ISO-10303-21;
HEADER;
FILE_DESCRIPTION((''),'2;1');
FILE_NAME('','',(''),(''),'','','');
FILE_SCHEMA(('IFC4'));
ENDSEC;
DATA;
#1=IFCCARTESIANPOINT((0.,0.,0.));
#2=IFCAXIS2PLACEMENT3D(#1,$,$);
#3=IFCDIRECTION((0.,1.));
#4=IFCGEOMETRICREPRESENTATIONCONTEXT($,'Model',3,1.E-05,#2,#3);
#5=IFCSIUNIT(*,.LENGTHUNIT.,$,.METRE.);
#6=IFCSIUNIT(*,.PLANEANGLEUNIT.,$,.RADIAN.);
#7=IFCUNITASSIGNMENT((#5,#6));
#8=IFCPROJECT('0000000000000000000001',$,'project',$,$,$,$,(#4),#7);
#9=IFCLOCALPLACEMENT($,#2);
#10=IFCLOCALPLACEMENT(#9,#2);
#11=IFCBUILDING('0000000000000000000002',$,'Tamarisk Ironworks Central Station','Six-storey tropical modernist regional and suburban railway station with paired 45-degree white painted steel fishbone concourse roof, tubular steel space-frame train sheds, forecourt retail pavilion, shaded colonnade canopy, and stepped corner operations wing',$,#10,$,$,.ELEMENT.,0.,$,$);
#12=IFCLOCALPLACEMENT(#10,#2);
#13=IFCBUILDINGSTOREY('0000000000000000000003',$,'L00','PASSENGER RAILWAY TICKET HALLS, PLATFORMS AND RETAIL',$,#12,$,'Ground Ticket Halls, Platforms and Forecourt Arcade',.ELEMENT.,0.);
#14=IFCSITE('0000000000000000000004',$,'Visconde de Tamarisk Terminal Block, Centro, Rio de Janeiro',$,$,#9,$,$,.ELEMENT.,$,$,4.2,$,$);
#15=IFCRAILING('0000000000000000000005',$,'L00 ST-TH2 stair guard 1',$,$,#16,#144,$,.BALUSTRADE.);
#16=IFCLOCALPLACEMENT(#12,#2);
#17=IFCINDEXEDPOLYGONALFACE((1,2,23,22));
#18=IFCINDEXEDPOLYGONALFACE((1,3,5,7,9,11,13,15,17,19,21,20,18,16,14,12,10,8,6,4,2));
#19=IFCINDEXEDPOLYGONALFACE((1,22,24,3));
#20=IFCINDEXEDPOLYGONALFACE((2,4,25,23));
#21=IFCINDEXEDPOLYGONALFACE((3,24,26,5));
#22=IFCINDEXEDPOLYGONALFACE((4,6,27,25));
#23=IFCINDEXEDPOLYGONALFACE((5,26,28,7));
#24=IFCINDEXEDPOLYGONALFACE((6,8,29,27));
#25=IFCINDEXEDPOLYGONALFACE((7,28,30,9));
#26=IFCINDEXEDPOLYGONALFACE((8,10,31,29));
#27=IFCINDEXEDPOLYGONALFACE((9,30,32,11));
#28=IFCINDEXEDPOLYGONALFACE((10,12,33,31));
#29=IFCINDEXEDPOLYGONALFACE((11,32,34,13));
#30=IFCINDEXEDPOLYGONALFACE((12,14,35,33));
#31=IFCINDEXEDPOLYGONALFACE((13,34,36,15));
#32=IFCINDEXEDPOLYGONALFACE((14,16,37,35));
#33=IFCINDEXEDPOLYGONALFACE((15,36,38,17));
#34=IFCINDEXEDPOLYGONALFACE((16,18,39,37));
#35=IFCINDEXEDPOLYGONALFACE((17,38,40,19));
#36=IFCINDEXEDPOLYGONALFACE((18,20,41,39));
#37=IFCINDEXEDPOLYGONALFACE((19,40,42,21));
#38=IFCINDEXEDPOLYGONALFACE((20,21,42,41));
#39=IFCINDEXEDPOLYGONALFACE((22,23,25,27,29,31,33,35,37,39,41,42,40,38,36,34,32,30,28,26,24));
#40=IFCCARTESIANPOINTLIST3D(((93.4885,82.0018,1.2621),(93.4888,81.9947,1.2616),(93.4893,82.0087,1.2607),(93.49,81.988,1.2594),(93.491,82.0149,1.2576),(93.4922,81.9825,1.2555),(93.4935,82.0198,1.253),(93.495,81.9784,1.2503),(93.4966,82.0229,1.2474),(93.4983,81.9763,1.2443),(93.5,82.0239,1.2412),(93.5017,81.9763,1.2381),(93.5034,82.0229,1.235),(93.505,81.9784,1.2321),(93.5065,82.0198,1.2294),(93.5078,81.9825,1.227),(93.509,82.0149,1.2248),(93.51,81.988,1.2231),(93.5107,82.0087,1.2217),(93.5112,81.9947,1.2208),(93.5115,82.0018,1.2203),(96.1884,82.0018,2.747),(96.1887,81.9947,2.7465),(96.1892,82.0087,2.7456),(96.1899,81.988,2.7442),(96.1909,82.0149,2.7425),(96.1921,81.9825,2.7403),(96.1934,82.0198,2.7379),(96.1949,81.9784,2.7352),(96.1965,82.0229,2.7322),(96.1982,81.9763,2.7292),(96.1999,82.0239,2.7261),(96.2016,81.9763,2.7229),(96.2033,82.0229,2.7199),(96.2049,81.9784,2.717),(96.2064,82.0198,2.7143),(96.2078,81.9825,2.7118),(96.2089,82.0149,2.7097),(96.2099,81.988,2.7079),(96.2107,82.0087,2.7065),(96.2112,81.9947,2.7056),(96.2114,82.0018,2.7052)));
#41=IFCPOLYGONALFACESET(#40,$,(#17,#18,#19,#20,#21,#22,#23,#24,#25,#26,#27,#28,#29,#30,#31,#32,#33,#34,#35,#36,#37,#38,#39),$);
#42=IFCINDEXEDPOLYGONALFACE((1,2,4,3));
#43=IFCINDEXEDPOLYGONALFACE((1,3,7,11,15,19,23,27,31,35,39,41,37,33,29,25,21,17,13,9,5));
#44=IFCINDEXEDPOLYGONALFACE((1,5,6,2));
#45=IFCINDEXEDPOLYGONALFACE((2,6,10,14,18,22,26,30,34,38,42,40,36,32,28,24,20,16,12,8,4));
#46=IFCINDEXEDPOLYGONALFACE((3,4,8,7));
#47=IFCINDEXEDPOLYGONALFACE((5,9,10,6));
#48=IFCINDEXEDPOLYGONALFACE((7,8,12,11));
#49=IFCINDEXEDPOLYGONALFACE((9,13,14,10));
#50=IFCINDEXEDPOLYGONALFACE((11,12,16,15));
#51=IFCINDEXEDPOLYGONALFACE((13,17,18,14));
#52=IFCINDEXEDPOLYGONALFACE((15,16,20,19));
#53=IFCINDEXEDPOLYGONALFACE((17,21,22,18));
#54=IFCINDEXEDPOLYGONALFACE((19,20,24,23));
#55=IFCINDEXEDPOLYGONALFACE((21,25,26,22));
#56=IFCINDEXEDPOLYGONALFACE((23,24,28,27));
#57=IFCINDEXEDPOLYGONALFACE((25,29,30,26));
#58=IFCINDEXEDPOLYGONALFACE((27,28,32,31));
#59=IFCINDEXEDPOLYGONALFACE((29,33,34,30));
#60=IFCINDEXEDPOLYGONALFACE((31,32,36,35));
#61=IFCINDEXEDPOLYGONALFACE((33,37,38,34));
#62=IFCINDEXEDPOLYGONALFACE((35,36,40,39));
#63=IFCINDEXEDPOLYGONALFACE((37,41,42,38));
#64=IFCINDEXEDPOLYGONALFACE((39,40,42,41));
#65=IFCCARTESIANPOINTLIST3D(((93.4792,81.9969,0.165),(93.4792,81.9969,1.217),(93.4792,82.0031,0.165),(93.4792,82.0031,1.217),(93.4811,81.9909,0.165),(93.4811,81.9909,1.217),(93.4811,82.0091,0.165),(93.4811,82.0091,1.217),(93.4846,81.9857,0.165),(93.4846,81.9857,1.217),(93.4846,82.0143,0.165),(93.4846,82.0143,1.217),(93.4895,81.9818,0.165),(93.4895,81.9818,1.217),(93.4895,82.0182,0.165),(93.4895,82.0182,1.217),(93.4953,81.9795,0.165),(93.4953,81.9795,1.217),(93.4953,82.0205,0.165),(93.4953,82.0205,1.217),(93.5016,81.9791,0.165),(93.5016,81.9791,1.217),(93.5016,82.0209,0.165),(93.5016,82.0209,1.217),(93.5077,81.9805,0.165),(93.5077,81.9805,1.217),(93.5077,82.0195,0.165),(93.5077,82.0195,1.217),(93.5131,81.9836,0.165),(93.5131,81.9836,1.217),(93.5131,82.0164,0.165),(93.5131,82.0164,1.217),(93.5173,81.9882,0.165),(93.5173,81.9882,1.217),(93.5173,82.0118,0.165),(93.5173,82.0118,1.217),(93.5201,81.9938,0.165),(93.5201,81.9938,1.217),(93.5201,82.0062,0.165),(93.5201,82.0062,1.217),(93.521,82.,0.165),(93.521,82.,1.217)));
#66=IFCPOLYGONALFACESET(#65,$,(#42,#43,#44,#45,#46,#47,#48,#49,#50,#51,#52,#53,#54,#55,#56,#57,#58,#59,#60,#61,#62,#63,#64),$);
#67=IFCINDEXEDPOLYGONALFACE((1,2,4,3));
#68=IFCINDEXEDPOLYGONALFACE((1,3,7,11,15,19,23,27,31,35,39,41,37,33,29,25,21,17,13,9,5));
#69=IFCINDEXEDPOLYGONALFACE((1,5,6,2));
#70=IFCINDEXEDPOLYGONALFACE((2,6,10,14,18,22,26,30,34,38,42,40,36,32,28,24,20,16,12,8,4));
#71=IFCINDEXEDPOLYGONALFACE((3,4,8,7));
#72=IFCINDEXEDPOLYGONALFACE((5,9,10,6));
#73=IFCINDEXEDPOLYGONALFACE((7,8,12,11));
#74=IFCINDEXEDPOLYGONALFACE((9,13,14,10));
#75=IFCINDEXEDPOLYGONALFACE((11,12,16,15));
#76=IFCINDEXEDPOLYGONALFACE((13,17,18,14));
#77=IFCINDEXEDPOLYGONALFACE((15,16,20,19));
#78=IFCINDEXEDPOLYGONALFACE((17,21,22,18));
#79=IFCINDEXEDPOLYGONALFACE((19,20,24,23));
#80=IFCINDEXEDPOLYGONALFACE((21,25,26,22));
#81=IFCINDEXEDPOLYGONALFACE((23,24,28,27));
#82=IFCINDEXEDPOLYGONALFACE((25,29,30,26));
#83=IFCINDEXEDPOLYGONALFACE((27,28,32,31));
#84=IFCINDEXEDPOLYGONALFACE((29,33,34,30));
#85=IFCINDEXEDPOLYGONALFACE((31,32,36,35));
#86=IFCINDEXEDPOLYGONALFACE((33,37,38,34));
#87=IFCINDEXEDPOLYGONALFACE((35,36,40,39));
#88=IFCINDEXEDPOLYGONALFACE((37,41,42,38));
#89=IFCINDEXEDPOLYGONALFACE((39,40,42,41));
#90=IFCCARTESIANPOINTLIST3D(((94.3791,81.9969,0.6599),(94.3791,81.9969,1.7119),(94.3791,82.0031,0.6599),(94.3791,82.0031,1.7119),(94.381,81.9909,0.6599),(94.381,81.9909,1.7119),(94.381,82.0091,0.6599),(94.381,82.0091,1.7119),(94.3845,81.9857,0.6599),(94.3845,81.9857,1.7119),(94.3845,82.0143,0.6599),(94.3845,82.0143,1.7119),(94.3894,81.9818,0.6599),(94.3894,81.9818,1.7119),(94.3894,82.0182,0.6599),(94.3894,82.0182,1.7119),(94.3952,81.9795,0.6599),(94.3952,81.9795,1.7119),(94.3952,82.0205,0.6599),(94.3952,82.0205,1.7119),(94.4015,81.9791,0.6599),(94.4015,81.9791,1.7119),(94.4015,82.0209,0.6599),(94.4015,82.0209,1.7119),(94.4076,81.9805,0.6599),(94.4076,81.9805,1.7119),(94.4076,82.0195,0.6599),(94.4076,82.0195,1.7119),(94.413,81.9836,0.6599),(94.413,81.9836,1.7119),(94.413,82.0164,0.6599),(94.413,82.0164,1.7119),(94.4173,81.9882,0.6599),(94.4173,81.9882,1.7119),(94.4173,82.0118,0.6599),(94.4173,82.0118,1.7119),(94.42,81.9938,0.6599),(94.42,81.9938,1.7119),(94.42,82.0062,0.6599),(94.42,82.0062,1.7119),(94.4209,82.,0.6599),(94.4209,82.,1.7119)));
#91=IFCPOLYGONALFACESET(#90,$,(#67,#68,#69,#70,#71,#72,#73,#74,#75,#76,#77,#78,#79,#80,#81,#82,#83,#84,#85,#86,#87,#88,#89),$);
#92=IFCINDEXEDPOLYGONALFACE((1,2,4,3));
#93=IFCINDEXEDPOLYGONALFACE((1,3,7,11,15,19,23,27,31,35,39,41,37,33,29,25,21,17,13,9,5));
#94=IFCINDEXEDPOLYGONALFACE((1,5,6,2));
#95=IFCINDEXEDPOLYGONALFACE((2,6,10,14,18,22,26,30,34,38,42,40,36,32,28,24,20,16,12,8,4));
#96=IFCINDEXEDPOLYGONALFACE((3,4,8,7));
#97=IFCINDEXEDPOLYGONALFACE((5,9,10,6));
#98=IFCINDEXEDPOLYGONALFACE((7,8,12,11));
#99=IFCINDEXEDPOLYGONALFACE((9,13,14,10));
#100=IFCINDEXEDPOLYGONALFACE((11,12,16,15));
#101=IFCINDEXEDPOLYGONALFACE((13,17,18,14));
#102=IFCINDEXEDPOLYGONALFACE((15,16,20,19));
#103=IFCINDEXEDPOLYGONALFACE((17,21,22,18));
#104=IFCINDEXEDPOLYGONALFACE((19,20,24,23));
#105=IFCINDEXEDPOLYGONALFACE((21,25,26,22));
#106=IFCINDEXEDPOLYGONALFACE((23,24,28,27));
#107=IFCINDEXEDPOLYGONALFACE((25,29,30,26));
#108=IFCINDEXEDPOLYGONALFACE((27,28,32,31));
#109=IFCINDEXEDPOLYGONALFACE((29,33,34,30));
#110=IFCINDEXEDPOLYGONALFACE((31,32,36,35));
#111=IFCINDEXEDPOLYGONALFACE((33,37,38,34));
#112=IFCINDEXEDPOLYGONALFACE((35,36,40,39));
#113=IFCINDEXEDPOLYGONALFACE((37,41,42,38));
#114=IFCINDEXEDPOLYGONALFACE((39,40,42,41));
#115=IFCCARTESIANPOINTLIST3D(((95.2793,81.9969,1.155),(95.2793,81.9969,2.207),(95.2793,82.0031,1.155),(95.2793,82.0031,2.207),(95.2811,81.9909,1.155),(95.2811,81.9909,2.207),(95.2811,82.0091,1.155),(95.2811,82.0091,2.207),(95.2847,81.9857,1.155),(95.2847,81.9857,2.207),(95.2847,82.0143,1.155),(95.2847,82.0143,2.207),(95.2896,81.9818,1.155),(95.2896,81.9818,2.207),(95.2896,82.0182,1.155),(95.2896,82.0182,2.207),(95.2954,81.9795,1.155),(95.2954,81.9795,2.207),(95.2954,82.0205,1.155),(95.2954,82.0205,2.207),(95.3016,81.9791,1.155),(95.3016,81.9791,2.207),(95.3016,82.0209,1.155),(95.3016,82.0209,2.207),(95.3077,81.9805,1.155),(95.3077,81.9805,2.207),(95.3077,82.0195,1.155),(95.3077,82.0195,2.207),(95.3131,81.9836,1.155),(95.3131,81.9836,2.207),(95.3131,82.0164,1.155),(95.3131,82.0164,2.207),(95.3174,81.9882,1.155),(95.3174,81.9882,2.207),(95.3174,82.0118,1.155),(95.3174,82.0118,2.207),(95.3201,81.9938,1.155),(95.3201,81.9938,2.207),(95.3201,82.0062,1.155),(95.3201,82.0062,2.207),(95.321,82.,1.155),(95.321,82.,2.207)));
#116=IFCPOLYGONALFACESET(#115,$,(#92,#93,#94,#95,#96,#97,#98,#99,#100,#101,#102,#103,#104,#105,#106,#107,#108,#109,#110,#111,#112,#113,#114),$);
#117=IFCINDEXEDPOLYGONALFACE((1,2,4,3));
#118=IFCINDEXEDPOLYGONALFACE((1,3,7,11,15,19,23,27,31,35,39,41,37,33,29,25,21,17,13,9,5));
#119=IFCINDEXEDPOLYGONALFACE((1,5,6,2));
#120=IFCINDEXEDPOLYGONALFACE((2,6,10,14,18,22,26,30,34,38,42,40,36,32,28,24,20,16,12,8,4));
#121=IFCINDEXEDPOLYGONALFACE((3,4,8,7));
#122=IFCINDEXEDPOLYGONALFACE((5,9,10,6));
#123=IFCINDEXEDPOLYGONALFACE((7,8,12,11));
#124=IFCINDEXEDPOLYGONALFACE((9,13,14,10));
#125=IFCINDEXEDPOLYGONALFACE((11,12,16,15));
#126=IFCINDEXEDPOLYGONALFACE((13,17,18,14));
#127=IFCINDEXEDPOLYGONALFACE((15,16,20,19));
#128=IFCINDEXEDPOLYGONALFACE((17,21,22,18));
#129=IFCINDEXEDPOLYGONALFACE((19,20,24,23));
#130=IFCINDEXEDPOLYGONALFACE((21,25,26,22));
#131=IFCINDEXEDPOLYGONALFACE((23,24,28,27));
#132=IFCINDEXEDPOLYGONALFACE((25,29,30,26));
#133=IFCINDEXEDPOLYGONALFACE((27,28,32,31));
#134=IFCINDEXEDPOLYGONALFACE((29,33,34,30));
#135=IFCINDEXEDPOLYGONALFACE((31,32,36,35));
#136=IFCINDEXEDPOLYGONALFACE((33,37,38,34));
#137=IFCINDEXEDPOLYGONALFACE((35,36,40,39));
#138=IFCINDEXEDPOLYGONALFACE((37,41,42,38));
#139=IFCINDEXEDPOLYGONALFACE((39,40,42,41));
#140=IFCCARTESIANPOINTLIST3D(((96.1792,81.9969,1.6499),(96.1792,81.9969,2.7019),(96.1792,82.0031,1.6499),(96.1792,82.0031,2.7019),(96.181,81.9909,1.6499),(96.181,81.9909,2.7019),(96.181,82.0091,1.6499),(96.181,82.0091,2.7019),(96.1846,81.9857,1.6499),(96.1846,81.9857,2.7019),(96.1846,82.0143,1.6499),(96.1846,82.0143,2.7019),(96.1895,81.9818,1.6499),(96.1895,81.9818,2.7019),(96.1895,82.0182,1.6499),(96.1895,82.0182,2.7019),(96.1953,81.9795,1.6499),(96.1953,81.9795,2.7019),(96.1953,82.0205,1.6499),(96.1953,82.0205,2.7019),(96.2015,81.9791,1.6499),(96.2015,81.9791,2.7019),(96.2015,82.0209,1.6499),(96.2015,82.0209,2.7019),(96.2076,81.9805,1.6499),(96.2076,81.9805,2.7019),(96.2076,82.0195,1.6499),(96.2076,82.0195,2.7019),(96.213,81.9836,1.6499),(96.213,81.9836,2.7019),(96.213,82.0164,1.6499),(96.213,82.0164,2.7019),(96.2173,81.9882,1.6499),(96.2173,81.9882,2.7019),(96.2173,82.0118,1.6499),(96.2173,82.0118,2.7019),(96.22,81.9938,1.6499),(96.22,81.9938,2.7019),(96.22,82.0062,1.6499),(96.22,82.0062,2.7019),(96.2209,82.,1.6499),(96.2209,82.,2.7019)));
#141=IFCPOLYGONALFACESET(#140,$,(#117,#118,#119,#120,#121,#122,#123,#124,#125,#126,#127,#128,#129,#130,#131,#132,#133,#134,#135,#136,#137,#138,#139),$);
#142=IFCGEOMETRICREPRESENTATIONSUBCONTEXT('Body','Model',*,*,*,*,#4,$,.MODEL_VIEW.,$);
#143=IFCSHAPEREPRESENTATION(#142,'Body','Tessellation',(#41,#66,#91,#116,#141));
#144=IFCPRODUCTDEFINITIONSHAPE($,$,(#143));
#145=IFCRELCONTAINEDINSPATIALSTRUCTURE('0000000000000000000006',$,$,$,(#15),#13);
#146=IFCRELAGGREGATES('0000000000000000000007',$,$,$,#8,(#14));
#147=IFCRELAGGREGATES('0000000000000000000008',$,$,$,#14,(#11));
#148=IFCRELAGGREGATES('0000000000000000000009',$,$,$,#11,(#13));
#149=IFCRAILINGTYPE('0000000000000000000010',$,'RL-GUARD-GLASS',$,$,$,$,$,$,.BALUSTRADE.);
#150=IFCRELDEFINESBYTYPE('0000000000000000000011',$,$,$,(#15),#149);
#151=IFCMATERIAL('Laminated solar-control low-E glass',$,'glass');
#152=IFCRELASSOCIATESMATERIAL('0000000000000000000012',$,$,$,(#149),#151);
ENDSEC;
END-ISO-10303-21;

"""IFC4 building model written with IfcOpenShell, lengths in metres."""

from ifc_helpers import new_model, si_unit, direction, frame, origin, origin_2d, place, context, subcontext, project, spatial, circle, extrude, material, type_object, element, save


model = new_model("IFC4")

# Units and contexts
model_context = context("Model", 3, precision=1e-05, world=origin(), true_north=direction((0.0, 1.0)))
body_context = subcontext(model_context, "Body", "Model", "MODEL_VIEW")
ifc_project = project(units=[si_unit("LENGTHUNIT", "METRE"), si_unit("PLANEANGLEUNIT", "RADIAN")], contexts=[model_context])

# Site, building, storey
site_placement = place(None, origin())
site = spatial("IfcSite", under=ifc_project, at=site_placement, Name="Visconde de Tamarisk Terminal Block, Centro, Rio de Janeiro", CompositionType="ELEMENT", RefElevation=4.2)
building_placement = place(site_placement, origin())
building = spatial("IfcBuilding", under=site, at=building_placement, Name="Tamarisk Ironworks Central Station", Description="Six-storey tropical modernist regional and suburban railway station with paired 45-degree white painted steel fishbone concourse roof, tubular steel space-frame train sheds, forecourt retail pavilion, shaded colonnade canopy, and stepped corner operations wing", CompositionType="ELEMENT", ElevationOfRefHeight=0.0)
storey_placement = place(building_placement, origin())
storey = spatial("IfcBuildingStorey", under=building, at=storey_placement, Name="L00", Description="PASSENGER RAILWAY TICKET HALLS, PLATFORMS AND RETAIL", LongName="Ground Ticket Halls, Platforms and Forecourt Arcade", CompositionType="ELEMENT", Elevation=0.0)

# Railing
ifc_material_1 = material(Name="Laminated solar-control low-E glass", Category="glass")
railing_type_1 = type_object("IfcRailingType", Name="RL-GUARD-GLASS", PredefinedType="BALUSTRADE", material=ifc_material_1)
railing_1_placement = place(storey_placement, frame((93.5, 82.0, 0.165)))
element("IfcRailing", 1, at=railing_1_placement, inside=storey, type_object=railing_type_1, Name="L00 ST-TH2 stair guard 1", PredefinedType="BALUSTRADE", context=body_context, shape_type="SweptSolid", body=[
    extrude(circle(Radius=0.0239, at=origin_2d()), frame((0.0, 0.0, 1.0762), z_axis=(0.876231, 0.0, 0.481891), x_axis=(0.0, 1.0, 0.0)), (0.0, 0.0, 1.0), 3.0813),
    extrude(circle(Radius=0.021, at=origin_2d()), origin(), (0.0, 0.0, 1.0), 1.052),
    extrude(circle(Radius=0.021, at=origin_2d()), frame((0.8999, 0.0, 0.4949)), (0.0, 0.0, 1.0), 1.052),
    extrude(circle(Radius=0.021, at=origin_2d()), frame((1.8, 0.0, 0.99)), (0.0, 0.0, 1.0), 1.052),
    extrude(circle(Radius=0.021, at=origin_2d()), frame((2.7, 0.0, 1.4849)), (0.0, 0.0, 1.0), 1.052),
])

save(model, "model.ifc")
